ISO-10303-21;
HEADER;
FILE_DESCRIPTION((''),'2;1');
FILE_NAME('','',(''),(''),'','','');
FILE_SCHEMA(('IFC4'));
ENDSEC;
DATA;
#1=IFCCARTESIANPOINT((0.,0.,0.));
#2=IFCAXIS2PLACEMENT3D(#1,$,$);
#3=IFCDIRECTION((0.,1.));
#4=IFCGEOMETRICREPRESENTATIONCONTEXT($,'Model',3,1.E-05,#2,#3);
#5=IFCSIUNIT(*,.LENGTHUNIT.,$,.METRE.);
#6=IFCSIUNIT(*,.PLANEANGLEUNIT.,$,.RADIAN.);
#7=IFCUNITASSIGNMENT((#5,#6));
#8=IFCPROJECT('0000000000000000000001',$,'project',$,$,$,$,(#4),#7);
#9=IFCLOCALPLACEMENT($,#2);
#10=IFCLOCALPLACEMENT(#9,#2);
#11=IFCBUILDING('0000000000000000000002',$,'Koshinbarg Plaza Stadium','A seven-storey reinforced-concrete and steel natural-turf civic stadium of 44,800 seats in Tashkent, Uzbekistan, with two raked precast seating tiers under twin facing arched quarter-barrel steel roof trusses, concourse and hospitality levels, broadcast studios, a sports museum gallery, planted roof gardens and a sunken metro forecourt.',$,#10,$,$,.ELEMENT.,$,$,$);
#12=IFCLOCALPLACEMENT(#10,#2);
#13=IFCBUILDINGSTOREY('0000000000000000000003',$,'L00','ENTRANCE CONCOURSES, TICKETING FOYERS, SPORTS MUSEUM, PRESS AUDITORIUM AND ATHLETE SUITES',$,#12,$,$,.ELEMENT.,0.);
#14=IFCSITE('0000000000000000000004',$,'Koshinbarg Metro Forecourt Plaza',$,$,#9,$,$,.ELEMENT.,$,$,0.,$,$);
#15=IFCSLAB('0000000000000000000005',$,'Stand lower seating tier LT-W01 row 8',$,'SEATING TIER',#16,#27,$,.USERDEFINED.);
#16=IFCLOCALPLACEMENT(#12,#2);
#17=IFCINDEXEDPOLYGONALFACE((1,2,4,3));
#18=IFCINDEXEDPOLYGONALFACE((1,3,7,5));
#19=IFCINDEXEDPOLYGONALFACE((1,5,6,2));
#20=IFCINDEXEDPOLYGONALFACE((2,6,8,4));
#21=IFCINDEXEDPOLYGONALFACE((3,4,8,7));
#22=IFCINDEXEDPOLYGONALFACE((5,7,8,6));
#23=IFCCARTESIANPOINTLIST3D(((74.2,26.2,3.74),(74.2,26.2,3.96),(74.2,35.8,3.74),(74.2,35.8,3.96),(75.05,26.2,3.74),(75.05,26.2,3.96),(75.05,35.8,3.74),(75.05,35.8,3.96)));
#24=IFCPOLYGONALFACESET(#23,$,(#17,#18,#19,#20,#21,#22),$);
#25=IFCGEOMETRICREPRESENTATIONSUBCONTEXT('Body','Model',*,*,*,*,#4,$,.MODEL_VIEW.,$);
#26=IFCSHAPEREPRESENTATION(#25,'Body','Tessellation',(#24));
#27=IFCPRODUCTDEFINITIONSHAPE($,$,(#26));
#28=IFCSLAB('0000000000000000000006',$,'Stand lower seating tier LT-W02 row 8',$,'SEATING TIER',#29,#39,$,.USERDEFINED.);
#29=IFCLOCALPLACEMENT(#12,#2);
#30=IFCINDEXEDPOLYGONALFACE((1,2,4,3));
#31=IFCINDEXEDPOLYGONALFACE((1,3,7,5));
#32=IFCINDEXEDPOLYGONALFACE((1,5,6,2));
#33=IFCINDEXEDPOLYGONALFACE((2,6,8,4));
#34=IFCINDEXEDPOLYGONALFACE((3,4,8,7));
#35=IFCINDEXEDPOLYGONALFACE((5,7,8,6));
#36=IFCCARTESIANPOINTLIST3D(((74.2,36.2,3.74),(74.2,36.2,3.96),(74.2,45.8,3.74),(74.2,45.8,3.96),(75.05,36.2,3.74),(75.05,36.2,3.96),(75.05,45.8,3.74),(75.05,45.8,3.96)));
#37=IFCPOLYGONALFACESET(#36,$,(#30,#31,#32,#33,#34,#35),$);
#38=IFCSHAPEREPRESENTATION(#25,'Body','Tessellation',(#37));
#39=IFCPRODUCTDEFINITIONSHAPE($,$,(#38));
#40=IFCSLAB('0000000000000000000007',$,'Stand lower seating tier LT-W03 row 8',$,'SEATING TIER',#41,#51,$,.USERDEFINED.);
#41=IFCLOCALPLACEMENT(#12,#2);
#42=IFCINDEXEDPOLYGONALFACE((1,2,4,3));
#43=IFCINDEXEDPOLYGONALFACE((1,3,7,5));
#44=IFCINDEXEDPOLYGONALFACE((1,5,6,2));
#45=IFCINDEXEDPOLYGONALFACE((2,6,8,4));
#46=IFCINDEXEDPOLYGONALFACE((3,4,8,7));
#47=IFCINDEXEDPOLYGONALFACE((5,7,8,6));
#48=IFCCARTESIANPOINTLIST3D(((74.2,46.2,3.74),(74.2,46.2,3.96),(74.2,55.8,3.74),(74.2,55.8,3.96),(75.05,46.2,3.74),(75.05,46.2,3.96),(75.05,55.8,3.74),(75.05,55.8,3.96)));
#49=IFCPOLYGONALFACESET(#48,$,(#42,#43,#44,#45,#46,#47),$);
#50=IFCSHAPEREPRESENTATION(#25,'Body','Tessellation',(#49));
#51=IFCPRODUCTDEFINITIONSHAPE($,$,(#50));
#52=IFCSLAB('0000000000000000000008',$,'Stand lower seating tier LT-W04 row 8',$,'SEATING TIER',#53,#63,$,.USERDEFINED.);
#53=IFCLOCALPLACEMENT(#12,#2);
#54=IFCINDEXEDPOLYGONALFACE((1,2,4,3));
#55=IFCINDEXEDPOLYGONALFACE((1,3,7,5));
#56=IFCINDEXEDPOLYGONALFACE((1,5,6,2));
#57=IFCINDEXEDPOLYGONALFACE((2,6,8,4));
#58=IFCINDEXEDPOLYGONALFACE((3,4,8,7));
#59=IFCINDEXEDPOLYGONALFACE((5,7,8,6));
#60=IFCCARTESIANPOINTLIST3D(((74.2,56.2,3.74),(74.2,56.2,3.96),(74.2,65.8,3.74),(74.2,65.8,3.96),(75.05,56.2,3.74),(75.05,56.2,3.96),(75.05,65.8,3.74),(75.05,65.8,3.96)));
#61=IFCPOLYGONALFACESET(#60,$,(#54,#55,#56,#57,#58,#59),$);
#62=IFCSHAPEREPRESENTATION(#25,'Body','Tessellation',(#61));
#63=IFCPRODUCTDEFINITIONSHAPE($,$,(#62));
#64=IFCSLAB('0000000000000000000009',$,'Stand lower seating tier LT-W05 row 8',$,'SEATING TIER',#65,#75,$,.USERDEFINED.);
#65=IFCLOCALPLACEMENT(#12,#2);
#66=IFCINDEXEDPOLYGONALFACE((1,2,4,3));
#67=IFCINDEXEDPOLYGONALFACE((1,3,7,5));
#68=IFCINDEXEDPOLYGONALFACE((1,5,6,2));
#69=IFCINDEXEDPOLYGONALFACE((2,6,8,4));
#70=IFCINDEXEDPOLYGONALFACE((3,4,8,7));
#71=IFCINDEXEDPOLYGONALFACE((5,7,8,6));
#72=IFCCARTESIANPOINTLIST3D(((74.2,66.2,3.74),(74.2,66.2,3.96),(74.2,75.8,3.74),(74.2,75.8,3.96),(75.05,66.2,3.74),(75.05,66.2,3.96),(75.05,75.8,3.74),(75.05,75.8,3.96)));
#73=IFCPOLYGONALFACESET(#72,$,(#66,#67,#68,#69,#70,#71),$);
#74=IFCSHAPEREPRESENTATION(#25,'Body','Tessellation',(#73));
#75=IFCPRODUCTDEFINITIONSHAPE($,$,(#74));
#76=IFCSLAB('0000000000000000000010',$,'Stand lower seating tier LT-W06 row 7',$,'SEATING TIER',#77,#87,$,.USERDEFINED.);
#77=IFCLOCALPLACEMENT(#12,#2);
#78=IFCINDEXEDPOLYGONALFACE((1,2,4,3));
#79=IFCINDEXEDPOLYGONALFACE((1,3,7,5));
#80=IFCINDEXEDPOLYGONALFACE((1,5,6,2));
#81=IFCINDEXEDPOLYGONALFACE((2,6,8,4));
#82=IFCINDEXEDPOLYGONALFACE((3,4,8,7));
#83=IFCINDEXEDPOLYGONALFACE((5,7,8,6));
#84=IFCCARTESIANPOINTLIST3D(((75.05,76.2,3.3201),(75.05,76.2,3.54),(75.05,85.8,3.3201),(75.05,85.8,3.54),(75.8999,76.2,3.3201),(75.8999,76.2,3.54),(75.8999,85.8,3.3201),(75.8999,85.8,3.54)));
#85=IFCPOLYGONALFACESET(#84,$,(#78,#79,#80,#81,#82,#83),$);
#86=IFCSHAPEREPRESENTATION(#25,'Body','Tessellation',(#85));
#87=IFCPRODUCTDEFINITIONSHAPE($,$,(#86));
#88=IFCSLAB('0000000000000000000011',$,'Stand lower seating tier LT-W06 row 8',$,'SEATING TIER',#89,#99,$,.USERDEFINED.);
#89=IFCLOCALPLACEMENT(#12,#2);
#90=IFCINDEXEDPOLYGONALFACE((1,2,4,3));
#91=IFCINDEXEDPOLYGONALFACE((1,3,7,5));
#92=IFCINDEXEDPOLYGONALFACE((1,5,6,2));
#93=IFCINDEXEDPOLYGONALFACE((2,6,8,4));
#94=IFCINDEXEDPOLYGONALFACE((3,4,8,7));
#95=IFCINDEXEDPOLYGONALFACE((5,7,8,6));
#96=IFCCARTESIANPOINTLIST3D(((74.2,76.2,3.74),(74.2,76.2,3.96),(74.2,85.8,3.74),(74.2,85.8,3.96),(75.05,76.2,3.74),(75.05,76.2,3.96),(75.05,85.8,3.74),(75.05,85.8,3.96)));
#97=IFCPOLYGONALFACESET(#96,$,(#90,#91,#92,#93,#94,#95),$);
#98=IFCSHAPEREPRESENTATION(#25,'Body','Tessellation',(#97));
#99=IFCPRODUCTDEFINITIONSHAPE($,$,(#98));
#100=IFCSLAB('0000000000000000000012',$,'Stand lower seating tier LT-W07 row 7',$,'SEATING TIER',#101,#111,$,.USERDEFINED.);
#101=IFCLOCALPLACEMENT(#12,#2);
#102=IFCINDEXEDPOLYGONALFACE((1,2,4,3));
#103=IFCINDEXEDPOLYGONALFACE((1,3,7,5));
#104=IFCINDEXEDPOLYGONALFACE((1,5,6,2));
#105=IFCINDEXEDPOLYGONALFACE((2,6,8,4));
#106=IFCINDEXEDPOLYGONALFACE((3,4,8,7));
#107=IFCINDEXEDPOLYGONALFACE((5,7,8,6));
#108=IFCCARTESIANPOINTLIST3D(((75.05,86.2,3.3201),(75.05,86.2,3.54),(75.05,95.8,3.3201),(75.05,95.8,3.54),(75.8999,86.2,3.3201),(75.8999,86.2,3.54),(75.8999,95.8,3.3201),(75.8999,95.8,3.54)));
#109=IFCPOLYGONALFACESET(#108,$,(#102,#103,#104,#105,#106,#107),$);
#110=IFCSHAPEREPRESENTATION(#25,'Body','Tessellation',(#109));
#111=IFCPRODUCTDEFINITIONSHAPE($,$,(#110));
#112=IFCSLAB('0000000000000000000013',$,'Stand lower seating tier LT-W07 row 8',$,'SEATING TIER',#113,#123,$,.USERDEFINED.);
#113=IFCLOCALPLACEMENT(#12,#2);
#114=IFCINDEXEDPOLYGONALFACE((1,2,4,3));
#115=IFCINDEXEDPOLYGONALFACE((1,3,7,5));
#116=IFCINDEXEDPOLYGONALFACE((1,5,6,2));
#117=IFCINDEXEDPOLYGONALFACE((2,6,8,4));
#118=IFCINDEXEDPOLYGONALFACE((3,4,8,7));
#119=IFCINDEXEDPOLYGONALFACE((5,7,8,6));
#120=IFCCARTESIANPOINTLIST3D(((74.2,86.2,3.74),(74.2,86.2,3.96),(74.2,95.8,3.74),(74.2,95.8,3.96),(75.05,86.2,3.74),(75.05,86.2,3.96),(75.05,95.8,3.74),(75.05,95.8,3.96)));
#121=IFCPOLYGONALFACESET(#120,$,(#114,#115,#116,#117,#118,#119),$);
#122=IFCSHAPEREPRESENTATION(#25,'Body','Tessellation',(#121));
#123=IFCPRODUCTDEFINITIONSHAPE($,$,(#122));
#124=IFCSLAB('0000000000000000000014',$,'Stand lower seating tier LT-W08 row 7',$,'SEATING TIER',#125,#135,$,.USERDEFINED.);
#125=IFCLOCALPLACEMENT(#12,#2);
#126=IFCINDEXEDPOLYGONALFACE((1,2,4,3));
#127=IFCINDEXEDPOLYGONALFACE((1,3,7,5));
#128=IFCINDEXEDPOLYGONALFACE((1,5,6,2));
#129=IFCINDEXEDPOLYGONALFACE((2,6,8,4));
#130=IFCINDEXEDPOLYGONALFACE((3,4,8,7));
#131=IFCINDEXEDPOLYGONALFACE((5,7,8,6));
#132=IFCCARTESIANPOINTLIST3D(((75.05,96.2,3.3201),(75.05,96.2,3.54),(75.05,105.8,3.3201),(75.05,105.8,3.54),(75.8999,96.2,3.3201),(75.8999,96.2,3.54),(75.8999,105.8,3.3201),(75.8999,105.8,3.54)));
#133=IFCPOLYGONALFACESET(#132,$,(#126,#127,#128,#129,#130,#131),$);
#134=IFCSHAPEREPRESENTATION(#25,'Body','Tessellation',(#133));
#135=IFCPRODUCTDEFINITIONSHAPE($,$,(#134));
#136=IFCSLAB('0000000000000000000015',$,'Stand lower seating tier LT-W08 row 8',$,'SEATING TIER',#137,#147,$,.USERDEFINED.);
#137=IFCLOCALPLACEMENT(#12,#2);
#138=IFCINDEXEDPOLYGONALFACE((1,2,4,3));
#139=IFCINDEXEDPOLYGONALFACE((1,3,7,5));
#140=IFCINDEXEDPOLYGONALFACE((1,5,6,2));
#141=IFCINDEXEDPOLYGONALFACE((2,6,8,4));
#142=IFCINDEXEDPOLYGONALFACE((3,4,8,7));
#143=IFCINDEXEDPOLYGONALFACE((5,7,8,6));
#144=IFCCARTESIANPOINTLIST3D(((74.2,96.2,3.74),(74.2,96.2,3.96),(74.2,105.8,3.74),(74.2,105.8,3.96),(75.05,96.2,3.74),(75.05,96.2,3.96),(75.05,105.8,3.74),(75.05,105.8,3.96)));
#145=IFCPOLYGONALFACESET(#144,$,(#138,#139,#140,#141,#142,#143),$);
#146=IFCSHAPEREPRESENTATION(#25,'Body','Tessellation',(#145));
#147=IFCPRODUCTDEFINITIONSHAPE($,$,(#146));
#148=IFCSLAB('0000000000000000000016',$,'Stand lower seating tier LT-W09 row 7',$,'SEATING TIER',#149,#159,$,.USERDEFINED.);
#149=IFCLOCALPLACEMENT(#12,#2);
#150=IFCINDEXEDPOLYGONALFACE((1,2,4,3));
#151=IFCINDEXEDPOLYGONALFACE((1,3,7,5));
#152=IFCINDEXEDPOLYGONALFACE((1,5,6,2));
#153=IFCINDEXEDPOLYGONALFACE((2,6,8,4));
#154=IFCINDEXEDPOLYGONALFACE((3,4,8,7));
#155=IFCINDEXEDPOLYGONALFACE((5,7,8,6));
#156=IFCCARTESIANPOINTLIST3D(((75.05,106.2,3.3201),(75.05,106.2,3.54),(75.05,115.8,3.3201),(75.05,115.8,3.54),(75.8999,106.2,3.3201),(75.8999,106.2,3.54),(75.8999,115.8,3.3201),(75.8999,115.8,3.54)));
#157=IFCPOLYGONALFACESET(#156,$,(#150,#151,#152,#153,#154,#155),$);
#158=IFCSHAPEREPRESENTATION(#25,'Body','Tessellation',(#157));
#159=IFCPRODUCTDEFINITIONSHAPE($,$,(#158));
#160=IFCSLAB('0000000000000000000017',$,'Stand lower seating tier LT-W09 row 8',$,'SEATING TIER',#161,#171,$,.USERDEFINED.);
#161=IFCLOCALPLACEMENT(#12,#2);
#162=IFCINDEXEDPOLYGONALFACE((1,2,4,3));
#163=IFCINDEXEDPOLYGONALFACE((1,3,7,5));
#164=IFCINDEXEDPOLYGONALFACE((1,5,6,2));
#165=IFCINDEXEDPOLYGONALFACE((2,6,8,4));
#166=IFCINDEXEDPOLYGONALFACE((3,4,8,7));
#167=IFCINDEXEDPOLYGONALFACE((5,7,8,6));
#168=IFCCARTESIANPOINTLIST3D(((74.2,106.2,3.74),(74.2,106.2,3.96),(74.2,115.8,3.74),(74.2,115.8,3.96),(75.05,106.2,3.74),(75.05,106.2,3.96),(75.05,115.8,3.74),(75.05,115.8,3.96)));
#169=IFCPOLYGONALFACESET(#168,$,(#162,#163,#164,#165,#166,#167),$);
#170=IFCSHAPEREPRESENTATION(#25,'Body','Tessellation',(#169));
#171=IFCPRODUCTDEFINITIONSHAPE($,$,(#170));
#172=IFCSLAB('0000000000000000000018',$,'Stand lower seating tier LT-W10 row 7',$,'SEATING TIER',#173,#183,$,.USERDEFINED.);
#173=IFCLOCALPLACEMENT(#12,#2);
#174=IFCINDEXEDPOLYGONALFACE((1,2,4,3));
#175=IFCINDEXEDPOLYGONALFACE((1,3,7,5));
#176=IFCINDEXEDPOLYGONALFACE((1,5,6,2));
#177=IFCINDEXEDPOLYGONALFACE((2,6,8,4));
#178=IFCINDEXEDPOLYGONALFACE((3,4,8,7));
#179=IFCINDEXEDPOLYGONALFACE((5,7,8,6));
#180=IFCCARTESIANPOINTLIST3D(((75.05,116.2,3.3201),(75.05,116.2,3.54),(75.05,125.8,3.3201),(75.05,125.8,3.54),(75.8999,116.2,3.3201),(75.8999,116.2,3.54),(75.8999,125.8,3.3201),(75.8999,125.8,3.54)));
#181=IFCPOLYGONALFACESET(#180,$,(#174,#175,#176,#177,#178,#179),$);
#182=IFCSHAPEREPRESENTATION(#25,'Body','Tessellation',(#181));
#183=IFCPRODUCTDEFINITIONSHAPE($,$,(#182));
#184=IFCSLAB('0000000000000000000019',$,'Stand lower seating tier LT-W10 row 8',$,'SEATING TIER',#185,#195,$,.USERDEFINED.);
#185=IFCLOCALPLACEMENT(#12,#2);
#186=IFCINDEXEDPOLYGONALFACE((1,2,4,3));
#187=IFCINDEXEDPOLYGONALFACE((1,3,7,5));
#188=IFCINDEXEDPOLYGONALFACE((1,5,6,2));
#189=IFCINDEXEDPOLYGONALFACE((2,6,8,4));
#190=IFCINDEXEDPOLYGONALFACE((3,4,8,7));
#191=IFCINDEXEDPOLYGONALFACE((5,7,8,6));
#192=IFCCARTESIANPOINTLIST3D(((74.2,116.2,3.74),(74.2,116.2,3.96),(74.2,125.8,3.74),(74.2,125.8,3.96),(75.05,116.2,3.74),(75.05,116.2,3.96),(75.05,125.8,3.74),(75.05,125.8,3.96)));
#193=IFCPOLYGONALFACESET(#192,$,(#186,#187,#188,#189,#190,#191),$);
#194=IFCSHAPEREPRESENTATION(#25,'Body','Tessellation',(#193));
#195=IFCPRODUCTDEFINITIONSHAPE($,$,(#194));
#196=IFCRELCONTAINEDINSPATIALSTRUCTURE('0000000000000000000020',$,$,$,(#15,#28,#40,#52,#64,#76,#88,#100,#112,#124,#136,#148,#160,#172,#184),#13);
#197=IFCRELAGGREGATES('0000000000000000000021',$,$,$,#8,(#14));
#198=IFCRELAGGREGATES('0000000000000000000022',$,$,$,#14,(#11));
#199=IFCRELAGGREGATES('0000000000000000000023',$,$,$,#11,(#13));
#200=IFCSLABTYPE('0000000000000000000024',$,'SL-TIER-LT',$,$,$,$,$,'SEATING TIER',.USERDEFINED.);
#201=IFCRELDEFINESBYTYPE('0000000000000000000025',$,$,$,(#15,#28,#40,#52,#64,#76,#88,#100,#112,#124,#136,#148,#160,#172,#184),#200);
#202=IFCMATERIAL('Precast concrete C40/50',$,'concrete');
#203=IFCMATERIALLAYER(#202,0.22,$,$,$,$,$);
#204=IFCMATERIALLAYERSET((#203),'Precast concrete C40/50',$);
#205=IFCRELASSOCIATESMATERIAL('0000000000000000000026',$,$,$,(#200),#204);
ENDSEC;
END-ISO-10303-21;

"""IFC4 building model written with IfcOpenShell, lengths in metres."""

from ifc_helpers import new_model, si_unit, direction, frame, origin, place, context, subcontext, project, spatial, polyline, outline, extrude, material, layer, layer_set, type_object, element, save


model = new_model("IFC4")

# Units and contexts
model_context = context("Model", 3, precision=1e-05, world=origin(), true_north=direction((0.0, 1.0)))
body_context = subcontext(model_context, "Body", "Model", "MODEL_VIEW")
ifc_project = project(units=[si_unit("LENGTHUNIT", "METRE"), si_unit("PLANEANGLEUNIT", "RADIAN")], contexts=[model_context])

# Site, building, storey
site_placement = place(None, origin())
site = spatial("IfcSite", under=ifc_project, at=site_placement, Name="Koshinbarg Metro Forecourt Plaza", CompositionType="ELEMENT", RefElevation=0.0)
building_placement = place(site_placement, origin())
building = spatial("IfcBuilding", under=site, at=building_placement, Name="Koshinbarg Plaza Stadium", Description="A seven-storey reinforced-concrete and steel natural-turf civic stadium of 44,800 seats in Tashkent, Uzbekistan, with two raked precast seating tiers under twin facing arched quarter-barrel steel roof trusses, concourse and hospitality levels, broadcast studios, a sports museum gallery, planted roof gardens and a sunken metro forecourt.", CompositionType="ELEMENT")
storey_placement = place(building_placement, origin())
storey = spatial("IfcBuildingStorey", under=building, at=storey_placement, Name="L00", Description="ENTRANCE CONCOURSES, TICKETING FOYERS, SPORTS MUSEUM, PRESS AUDITORIUM AND ATHLETE SUITES", CompositionType="ELEMENT", Elevation=0.0)

# Slabs
ifc_material = material(Name="Precast concrete C40/50", Category="concrete")
ifc_layer = layer(ifc_material, 0.22)
ifc_layer_set = layer_set([ifc_layer], Name="Precast concrete C40/50")
slab_type = type_object("IfcSlabType", Name="SL-TIER-LT", ElementType="SEATING TIER", PredefinedType="USERDEFINED", material=ifc_layer_set)
slab_1_placement = place(storey_placement, frame((0.0, 0.0, 3.74)))
element("IfcSlab", 1, at=slab_1_placement, inside=storey, type_object=slab_type, Name="Stand lower seating tier LT-W01 row 8", ObjectType="SEATING TIER", PredefinedType="USERDEFINED", context=body_context, shape_type="SweptSolid", body=[
    extrude(outline(polyline([(74.2, 26.2), (75.05, 26.2), (75.05, 35.8), (74.2, 35.8), (74.2, 26.2)])), origin(), (0.0, 0.0, 1.0), 0.22),
])
slab_2_placement = place(storey_placement, frame((0.0, 0.0, 3.74)))
element("IfcSlab", 2, at=slab_2_placement, inside=storey, type_object=slab_type, Name="Stand lower seating tier LT-W02 row 8", ObjectType="SEATING TIER", PredefinedType="USERDEFINED", context=body_context, shape_type="SweptSolid", body=[
    extrude(outline(polyline([(74.2, 36.2), (75.05, 36.2), (75.05, 45.8), (74.2, 45.8), (74.2, 36.2)])), origin(), (0.0, 0.0, 1.0), 0.22),
])
slab_3_placement = place(storey_placement, frame((0.0, 0.0, 3.74)))
element("IfcSlab", 3, at=slab_3_placement, inside=storey, type_object=slab_type, Name="Stand lower seating tier LT-W03 row 8", ObjectType="SEATING TIER", PredefinedType="USERDEFINED", context=body_context, shape_type="SweptSolid", body=[
    extrude(outline(polyline([(74.2, 46.2), (75.05, 46.2), (75.05, 55.8), (74.2, 55.8), (74.2, 46.2)])), origin(), (0.0, 0.0, 1.0), 0.22),
])
slab_4_placement = place(storey_placement, frame((0.0, 0.0, 3.74)))
element("IfcSlab", 4, at=slab_4_placement, inside=storey, type_object=slab_type, Name="Stand lower seating tier LT-W04 row 8", ObjectType="SEATING TIER", PredefinedType="USERDEFINED", context=body_context, shape_type="SweptSolid", body=[
    extrude(outline(polyline([(74.2, 56.2), (75.05, 56.2), (75.05, 65.8), (74.2, 65.8), (74.2, 56.2)])), origin(), (0.0, 0.0, 1.0), 0.22),
])
slab_5_placement = place(storey_placement, frame((0.0, 0.0, 3.74)))
element("IfcSlab", 5, at=slab_5_placement, inside=storey, type_object=slab_type, Name="Stand lower seating tier LT-W05 row 8", ObjectType="SEATING TIER", PredefinedType="USERDEFINED", context=body_context, shape_type="SweptSolid", body=[
    extrude(outline(polyline([(74.2, 66.2), (75.05, 66.2), (75.05, 75.8), (74.2, 75.8), (74.2, 66.2)])), origin(), (0.0, 0.0, 1.0), 0.22),
])
slab_6_placement = place(storey_placement, frame((0.0, 0.0, 3.3201)))
element("IfcSlab", 6, at=slab_6_placement, inside=storey, type_object=slab_type, Name="Stand lower seating tier LT-W06 row 7", ObjectType="SEATING TIER", PredefinedType="USERDEFINED", context=body_context, shape_type="SweptSolid", body=[
    extrude(outline(polyline([(75.05, 76.2), (75.8999, 76.2), (75.8999, 85.8), (75.05, 85.8), (75.05, 76.2)])), origin(), (0.0, 0.0, 1.0), 0.22),
])
slab_7_placement = place(storey_placement, frame((0.0, 0.0, 3.74)))
element("IfcSlab", 7, at=slab_7_placement, inside=storey, type_object=slab_type, Name="Stand lower seating tier LT-W06 row 8", ObjectType="SEATING TIER", PredefinedType="USERDEFINED", context=body_context, shape_type="SweptSolid", body=[
    extrude(outline(polyline([(74.2, 76.2), (75.05, 76.2), (75.05, 85.8), (74.2, 85.8), (74.2, 76.2)])), origin(), (0.0, 0.0, 1.0), 0.22),
])
slab_8_placement = place(storey_placement, frame((0.0, 0.0, 3.3201)))
element("IfcSlab", 8, at=slab_8_placement, inside=storey, type_object=slab_type, Name="Stand lower seating tier LT-W07 row 7", ObjectType="SEATING TIER", PredefinedType="USERDEFINED", context=body_context, shape_type="SweptSolid", body=[
    extrude(outline(polyline([(75.05, 86.2), (75.8999, 86.2), (75.8999, 95.8), (75.05, 95.8), (75.05, 86.2)])), origin(), (0.0, 0.0, 1.0), 0.22),
])
slab_9_placement = place(storey_placement, frame((0.0, 0.0, 3.74)))
element("IfcSlab", 9, at=slab_9_placement, inside=storey, type_object=slab_type, Name="Stand lower seating tier LT-W07 row 8", ObjectType="SEATING TIER", PredefinedType="USERDEFINED", context=body_context, shape_type="SweptSolid", body=[
    extrude(outline(polyline([(74.2, 86.2), (75.05, 86.2), (75.05, 95.8), (74.2, 95.8), (74.2, 86.2)])), origin(), (0.0, 0.0, 1.0), 0.22),
])
slab_10_placement = place(storey_placement, frame((0.0, 0.0, 3.3201)))
element("IfcSlab", 10, at=slab_10_placement, inside=storey, type_object=slab_type, Name="Stand lower seating tier LT-W08 row 7", ObjectType="SEATING TIER", PredefinedType="USERDEFINED", context=body_context, shape_type="SweptSolid", body=[
    extrude(outline(polyline([(75.05, 96.2), (75.8999, 96.2), (75.8999, 105.8), (75.05, 105.8), (75.05, 96.2)])), origin(), (0.0, 0.0, 1.0), 0.22),
])
slab_11_placement = place(storey_placement, frame((0.0, 0.0, 3.74)))
element("IfcSlab", 11, at=slab_11_placement, inside=storey, type_object=slab_type, Name="Stand lower seating tier LT-W08 row 8", ObjectType="SEATING TIER", PredefinedType="USERDEFINED", context=body_context, shape_type="SweptSolid", body=[
    extrude(outline(polyline([(74.2, 96.2), (75.05, 96.2), (75.05, 105.8), (74.2, 105.8), (74.2, 96.2)])), origin(), (0.0, 0.0, 1.0), 0.22),
])
slab_12_placement = place(storey_placement, frame((0.0, 0.0, 3.3201)))
element("IfcSlab", 12, at=slab_12_placement, inside=storey, type_object=slab_type, Name="Stand lower seating tier LT-W09 row 7", ObjectType="SEATING TIER", PredefinedType="USERDEFINED", context=body_context, shape_type="SweptSolid", body=[
    extrude(outline(polyline([(75.05, 106.2), (75.8999, 106.2), (75.8999, 115.8), (75.05, 115.8), (75.05, 106.2)])), origin(), (0.0, 0.0, 1.0), 0.22),
])
slab_13_placement = place(storey_placement, frame((0.0, 0.0, 3.74)))
element("IfcSlab", 13, at=slab_13_placement, inside=storey, type_object=slab_type, Name="Stand lower seating tier LT-W09 row 8", ObjectType="SEATING TIER", PredefinedType="USERDEFINED", context=body_context, shape_type="SweptSolid", body=[
    extrude(outline(polyline([(74.2, 106.2), (75.05, 106.2), (75.05, 115.8), (74.2, 115.8), (74.2, 106.2)])), origin(), (0.0, 0.0, 1.0), 0.22),
])
slab_14_placement = place(storey_placement, frame((0.0, 0.0, 3.3201)))
element("IfcSlab", 14, at=slab_14_placement, inside=storey, type_object=slab_type, Name="Stand lower seating tier LT-W10 row 7", ObjectType="SEATING TIER", PredefinedType="USERDEFINED", context=body_context, shape_type="SweptSolid", body=[
    extrude(outline(polyline([(75.05, 116.2), (75.8999, 116.2), (75.8999, 125.8), (75.05, 125.8), (75.05, 116.2)])), origin(), (0.0, 0.0, 1.0), 0.22),
])
slab_15_placement = place(storey_placement, frame((0.0, 0.0, 3.74)))
element("IfcSlab", 15, at=slab_15_placement, inside=storey, type_object=slab_type, Name="Stand lower seating tier LT-W10 row 8", ObjectType="SEATING TIER", PredefinedType="USERDEFINED", context=body_context, shape_type="SweptSolid", body=[
    extrude(outline(polyline([(74.2, 116.2), (75.05, 116.2), (75.05, 125.8), (74.2, 125.8), (74.2, 116.2)])), origin(), (0.0, 0.0, 1.0), 0.22),
])

save(model, "model.ifc")
